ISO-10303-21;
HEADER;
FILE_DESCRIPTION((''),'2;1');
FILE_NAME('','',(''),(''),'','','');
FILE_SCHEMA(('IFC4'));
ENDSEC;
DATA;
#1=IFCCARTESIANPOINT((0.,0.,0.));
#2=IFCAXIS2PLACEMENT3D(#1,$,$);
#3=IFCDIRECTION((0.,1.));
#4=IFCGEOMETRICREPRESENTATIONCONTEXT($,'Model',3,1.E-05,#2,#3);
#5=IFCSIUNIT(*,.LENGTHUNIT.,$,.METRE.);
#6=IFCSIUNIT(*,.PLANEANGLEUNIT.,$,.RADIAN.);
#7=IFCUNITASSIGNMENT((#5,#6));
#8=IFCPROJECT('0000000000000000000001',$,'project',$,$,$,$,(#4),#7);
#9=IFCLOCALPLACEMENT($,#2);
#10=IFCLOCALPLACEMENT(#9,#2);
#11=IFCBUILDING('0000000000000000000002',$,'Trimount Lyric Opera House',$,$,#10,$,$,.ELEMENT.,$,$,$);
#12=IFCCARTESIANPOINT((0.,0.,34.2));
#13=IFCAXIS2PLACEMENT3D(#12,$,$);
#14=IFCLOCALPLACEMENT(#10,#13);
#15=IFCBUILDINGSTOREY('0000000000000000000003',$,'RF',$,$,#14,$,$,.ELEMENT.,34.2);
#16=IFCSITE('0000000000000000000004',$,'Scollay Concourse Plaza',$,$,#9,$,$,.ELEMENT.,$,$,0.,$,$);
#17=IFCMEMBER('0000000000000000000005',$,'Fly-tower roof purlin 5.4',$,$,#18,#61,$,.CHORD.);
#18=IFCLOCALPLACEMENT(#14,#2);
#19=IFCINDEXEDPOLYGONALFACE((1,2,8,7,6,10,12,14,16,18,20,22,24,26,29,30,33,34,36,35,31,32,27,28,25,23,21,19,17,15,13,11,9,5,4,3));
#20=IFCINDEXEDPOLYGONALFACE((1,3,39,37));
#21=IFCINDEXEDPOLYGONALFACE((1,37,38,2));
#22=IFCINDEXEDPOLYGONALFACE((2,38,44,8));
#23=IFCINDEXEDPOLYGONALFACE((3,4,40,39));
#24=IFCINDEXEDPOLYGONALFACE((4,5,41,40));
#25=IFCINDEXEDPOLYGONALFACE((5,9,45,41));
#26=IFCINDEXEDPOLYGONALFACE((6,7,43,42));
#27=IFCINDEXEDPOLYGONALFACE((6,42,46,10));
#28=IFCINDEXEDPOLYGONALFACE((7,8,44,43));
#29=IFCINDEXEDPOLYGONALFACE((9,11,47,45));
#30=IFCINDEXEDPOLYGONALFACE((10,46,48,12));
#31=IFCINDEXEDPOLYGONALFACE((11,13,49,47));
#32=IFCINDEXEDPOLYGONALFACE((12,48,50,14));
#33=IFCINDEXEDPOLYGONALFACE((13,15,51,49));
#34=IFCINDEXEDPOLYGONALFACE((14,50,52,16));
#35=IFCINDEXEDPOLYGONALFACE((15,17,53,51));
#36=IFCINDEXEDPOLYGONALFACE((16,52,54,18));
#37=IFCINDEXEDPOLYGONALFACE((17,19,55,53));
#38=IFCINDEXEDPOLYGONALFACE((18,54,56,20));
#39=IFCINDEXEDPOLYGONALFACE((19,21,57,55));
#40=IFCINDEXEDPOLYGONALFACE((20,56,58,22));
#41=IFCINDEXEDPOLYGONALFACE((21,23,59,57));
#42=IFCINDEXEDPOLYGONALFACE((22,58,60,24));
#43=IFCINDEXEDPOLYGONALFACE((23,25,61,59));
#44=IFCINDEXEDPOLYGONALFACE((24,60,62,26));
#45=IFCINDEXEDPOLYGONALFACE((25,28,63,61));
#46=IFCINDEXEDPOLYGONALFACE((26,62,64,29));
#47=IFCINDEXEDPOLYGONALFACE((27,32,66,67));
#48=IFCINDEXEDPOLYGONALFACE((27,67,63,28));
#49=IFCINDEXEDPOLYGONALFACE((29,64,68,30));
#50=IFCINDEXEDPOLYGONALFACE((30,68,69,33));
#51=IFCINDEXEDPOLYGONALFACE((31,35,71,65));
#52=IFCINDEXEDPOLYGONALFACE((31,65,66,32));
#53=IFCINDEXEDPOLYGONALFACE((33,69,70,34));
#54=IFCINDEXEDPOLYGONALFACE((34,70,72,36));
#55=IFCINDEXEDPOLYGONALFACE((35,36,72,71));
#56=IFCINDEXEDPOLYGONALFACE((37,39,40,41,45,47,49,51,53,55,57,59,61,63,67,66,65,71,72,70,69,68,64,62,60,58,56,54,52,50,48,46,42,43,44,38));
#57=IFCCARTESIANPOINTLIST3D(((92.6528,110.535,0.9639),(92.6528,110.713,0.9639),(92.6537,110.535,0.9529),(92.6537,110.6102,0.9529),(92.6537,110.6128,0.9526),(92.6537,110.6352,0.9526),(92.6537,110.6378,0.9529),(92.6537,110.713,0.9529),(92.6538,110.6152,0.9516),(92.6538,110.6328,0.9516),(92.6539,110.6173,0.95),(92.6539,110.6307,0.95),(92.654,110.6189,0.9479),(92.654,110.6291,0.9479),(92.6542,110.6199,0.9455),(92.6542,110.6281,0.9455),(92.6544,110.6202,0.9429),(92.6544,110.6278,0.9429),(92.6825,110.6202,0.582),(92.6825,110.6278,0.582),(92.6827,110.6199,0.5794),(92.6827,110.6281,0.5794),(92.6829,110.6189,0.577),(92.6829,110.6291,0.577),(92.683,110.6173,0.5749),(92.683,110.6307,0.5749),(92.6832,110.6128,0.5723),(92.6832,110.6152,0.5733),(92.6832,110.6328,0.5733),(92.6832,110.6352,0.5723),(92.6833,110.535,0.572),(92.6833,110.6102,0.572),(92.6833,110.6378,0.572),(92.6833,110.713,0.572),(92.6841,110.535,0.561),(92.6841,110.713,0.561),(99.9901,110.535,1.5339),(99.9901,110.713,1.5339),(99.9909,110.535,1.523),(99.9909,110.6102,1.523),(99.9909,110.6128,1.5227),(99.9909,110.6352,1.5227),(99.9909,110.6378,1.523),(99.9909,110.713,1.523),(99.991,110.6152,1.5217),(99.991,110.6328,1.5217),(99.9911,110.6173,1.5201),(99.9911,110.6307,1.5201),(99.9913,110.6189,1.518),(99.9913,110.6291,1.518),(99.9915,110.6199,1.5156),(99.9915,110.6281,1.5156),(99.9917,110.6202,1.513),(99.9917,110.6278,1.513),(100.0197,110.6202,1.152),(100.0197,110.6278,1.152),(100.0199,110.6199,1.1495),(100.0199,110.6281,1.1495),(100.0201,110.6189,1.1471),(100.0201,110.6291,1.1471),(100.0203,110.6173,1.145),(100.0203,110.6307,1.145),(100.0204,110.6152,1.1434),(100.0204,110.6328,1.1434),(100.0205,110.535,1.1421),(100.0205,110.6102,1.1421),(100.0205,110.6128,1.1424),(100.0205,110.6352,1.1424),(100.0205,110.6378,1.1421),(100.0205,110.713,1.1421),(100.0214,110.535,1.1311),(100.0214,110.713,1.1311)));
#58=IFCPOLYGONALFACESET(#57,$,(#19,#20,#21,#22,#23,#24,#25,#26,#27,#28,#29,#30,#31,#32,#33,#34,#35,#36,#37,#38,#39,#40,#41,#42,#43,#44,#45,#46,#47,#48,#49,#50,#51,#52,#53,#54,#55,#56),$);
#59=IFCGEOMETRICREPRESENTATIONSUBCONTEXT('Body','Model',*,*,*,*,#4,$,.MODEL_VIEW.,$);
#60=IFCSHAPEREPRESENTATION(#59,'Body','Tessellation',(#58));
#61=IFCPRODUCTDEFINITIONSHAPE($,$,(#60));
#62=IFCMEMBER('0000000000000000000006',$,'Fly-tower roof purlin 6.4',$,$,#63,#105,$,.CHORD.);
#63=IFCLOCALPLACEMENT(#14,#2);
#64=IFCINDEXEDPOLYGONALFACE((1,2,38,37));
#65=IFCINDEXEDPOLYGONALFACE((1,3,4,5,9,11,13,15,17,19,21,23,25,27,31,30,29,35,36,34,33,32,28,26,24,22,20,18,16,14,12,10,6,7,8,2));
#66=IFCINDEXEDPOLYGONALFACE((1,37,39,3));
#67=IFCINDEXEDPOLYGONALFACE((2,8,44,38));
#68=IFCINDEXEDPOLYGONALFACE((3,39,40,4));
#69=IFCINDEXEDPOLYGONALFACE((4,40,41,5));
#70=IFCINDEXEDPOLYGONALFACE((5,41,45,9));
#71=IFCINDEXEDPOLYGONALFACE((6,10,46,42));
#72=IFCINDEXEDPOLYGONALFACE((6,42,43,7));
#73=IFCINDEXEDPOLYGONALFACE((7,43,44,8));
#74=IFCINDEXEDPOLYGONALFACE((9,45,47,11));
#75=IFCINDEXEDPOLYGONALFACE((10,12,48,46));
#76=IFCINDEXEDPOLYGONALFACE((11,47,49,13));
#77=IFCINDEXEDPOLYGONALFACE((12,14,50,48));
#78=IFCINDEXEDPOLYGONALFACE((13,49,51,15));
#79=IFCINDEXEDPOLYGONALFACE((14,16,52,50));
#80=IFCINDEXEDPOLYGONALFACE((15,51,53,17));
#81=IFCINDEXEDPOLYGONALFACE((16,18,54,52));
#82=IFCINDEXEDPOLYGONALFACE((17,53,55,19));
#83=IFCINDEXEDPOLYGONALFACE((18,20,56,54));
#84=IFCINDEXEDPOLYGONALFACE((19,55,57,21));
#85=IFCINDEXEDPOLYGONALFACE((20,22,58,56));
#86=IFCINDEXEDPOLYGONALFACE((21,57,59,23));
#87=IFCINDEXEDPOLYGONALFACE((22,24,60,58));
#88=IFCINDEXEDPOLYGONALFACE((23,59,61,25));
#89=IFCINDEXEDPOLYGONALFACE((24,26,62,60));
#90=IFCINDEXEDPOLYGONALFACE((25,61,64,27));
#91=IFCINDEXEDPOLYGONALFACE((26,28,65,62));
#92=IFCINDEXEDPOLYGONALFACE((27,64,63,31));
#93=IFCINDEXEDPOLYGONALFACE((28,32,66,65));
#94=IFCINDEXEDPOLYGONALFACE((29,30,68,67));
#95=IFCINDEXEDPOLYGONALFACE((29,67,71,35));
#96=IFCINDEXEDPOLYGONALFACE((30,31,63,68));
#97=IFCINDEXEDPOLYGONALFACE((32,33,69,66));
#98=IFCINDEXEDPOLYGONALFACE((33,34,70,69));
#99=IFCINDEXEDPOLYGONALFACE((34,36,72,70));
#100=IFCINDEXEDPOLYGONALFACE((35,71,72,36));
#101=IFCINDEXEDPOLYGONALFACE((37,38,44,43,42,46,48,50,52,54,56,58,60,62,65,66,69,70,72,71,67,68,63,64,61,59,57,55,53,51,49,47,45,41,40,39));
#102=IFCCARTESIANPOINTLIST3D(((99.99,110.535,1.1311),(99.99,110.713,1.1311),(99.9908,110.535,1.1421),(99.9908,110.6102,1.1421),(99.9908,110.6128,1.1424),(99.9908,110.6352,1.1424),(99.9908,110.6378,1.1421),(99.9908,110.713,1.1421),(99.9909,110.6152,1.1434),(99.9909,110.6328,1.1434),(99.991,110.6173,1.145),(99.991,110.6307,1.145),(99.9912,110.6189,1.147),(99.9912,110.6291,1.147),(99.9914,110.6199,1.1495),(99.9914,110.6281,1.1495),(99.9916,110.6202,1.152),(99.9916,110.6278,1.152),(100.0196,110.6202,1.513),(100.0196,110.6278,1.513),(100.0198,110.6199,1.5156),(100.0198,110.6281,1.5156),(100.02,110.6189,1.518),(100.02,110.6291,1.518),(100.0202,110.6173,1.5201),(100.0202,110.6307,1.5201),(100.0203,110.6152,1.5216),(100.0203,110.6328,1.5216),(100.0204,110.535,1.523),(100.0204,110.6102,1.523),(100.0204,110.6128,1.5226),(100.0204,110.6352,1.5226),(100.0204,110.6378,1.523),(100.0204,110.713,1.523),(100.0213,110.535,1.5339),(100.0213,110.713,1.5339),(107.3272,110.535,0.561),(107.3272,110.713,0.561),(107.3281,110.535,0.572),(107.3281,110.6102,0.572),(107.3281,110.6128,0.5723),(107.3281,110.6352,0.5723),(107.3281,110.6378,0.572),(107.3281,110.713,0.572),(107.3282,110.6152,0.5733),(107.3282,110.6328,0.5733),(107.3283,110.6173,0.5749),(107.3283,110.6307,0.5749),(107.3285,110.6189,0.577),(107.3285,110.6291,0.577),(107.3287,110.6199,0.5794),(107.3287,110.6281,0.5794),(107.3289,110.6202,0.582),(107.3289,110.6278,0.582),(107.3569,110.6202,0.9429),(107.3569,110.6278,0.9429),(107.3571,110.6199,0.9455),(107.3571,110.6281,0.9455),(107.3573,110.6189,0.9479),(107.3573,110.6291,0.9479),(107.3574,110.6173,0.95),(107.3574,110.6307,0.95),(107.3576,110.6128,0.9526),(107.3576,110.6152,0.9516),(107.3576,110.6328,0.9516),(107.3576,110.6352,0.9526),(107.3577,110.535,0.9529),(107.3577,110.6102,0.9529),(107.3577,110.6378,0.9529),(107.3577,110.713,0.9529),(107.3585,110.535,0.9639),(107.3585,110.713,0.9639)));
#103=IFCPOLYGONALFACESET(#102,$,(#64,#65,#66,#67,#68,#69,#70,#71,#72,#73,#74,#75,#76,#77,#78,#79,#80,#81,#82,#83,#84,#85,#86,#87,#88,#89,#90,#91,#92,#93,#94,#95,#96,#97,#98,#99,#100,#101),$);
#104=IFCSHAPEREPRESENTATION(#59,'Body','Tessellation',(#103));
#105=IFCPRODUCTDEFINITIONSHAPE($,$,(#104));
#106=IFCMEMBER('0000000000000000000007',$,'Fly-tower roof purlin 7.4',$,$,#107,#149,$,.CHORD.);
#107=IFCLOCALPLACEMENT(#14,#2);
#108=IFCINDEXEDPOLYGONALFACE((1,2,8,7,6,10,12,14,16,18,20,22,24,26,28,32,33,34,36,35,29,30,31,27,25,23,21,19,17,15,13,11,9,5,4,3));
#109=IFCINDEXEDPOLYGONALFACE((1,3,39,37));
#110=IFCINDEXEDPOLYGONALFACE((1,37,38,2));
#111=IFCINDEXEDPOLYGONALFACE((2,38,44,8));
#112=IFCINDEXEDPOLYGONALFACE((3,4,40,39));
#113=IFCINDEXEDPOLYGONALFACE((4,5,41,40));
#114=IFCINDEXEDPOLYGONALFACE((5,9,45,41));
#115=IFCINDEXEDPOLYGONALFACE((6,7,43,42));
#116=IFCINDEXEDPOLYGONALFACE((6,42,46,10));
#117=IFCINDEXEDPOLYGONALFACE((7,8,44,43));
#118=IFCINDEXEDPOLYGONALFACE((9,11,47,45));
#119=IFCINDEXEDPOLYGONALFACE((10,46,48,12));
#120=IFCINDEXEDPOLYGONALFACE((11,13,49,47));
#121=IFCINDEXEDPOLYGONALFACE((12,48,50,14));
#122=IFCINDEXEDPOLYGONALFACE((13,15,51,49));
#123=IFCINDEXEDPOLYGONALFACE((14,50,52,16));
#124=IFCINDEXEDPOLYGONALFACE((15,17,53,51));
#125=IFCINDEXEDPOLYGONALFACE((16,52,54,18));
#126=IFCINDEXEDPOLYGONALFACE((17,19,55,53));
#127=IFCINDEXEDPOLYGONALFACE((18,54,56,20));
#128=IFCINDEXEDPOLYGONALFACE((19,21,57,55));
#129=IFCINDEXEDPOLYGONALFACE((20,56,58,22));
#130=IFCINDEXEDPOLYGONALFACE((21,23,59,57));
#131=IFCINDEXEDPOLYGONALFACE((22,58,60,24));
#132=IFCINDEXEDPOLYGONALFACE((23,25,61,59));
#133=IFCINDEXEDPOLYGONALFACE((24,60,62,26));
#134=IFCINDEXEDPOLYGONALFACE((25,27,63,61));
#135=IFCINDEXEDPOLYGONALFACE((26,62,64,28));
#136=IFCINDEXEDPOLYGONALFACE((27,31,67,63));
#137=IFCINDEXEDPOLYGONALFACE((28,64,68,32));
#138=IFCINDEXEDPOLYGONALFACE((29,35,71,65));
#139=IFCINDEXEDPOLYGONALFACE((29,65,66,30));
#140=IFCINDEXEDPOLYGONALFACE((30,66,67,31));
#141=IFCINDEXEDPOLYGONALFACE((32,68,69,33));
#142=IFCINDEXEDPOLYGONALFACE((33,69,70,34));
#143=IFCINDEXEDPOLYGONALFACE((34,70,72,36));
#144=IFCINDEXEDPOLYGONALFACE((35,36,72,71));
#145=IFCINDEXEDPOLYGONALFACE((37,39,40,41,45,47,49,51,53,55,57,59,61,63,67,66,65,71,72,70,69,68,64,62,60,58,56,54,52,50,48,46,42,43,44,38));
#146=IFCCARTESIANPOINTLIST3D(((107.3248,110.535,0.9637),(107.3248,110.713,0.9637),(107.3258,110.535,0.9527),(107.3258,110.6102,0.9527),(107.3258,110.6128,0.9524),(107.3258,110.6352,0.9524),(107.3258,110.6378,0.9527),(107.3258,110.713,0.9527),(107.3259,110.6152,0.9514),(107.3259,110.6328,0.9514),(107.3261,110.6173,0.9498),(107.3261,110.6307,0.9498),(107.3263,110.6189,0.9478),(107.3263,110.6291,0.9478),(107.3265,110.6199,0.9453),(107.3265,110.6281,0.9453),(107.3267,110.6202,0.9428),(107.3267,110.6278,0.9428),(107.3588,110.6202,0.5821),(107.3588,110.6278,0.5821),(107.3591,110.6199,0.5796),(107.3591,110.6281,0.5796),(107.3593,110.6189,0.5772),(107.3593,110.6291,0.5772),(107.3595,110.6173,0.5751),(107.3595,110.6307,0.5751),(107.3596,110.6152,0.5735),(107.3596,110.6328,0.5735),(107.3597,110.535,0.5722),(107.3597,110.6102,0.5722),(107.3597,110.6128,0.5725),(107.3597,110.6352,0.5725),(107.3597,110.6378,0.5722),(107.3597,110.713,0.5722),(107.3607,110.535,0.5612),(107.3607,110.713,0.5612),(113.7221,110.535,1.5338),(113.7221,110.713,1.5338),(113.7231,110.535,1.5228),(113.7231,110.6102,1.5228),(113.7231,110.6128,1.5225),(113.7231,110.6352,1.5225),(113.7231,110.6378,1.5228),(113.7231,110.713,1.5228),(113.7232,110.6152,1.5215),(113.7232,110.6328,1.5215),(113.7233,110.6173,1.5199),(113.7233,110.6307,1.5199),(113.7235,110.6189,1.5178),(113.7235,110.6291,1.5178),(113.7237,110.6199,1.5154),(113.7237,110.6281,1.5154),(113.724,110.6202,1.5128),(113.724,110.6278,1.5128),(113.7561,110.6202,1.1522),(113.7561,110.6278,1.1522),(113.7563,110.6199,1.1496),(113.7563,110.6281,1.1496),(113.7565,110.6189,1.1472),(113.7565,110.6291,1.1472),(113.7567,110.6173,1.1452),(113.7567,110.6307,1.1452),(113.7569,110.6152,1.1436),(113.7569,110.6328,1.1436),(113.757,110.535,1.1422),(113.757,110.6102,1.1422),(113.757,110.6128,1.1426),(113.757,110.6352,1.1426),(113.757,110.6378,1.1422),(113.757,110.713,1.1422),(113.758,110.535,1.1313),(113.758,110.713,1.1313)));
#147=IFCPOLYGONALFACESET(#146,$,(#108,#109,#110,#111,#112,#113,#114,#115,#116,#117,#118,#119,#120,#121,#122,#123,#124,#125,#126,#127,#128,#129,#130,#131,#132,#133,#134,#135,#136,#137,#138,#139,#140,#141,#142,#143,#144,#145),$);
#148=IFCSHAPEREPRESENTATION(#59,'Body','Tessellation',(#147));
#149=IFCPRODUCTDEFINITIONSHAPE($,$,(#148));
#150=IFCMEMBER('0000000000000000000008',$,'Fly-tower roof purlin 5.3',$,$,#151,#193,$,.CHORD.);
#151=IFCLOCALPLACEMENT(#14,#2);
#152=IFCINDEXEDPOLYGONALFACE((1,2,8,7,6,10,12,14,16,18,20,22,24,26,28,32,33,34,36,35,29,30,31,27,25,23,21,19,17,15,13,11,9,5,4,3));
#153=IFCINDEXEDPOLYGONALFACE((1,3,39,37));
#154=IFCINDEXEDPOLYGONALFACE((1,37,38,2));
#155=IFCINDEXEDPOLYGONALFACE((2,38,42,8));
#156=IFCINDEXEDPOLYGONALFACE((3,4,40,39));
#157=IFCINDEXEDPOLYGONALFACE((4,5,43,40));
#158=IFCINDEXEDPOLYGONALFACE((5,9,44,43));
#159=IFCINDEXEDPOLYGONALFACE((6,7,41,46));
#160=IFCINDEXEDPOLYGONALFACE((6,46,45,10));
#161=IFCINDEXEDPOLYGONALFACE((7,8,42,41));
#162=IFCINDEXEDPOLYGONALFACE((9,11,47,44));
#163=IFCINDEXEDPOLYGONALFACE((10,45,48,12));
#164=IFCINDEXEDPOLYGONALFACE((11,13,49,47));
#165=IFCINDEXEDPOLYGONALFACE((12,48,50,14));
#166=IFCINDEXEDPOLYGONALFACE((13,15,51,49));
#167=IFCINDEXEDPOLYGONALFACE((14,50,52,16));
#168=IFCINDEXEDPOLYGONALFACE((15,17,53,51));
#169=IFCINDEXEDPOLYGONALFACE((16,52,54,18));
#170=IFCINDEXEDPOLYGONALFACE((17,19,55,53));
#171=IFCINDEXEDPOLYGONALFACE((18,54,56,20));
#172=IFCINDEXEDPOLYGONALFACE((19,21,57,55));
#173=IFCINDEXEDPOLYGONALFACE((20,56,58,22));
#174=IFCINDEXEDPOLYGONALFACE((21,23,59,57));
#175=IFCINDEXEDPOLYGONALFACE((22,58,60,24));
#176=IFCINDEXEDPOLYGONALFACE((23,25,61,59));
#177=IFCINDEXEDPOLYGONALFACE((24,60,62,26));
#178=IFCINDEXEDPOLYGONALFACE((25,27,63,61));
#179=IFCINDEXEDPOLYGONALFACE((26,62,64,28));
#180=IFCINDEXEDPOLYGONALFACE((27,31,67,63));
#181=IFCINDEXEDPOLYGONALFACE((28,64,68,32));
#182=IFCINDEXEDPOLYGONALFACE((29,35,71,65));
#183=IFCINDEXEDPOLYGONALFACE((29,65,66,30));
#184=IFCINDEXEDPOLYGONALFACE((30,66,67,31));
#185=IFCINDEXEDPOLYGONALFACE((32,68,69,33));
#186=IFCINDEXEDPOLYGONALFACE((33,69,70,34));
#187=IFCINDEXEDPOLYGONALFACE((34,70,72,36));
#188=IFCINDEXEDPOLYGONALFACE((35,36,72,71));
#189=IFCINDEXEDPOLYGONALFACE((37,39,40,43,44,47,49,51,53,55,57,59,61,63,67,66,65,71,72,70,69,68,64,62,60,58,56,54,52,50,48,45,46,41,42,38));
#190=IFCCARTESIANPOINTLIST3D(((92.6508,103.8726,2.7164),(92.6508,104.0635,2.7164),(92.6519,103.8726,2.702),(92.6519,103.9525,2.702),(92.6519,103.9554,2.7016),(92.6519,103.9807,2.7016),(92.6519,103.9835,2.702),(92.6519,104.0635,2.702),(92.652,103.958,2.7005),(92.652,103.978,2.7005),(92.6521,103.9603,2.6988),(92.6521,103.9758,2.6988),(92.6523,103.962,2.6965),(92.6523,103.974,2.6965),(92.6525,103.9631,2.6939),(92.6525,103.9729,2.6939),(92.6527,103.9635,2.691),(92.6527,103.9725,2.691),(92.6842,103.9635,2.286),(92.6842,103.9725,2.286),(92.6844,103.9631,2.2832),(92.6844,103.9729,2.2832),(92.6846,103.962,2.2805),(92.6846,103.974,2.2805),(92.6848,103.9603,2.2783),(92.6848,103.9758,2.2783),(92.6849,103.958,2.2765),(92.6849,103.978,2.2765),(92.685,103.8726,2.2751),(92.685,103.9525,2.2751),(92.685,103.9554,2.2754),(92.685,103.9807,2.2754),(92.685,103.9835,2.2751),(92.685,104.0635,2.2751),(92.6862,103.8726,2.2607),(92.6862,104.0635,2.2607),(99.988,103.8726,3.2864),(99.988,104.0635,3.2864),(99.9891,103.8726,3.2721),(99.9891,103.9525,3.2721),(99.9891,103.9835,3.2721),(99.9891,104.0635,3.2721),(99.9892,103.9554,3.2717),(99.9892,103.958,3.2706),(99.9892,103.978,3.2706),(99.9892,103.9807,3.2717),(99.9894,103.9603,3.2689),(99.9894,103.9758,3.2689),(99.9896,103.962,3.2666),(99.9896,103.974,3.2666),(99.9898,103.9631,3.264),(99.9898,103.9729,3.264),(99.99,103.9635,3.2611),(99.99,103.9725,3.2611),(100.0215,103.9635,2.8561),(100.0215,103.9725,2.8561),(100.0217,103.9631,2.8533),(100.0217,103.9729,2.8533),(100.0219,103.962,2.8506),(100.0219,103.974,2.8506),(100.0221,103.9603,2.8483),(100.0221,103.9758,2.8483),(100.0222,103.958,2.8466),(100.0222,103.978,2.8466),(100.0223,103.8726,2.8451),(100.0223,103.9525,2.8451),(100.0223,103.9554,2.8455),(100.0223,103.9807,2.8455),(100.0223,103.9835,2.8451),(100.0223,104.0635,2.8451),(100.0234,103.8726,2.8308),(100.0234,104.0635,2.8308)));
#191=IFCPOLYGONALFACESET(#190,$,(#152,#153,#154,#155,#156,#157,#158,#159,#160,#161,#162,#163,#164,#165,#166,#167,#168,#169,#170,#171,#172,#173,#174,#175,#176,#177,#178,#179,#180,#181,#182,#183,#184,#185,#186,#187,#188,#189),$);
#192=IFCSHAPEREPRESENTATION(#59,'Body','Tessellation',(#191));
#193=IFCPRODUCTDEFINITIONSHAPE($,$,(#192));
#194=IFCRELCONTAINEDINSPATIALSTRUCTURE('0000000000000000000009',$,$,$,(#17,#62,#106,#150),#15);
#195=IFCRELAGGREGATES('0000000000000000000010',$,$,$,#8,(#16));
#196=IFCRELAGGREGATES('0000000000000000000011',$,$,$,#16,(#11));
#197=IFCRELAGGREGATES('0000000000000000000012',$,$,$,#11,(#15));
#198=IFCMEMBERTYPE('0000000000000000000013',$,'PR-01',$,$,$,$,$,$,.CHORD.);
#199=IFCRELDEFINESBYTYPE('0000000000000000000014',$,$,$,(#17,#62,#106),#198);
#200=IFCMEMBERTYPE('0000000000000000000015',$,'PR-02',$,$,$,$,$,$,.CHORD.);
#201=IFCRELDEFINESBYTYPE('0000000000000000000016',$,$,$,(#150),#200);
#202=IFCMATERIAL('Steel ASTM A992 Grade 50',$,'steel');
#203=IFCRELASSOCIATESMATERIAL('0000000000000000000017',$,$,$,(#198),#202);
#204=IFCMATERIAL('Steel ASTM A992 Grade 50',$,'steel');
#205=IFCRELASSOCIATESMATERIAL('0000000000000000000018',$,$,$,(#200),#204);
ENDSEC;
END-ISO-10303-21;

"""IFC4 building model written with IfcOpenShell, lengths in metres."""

from ifc_helpers import new_model, si_unit, direction, frame, origin, origin_2d, place, context, subcontext, project, spatial, i_section, extrude, material, material_profile, profile_set, type_object, element, save


model = new_model("IFC4")

# Units and contexts
model_context = context("Model", 3, precision=1e-05, world=origin(), true_north=direction((0.0, 1.0)))
body_context = subcontext(model_context, "Body", "Model", "MODEL_VIEW")
ifc_project = project(units=[si_unit("LENGTHUNIT", "METRE"), si_unit("PLANEANGLEUNIT", "RADIAN")], contexts=[model_context])

# Site, building, storey
site_placement = place(None, origin())
site = spatial("IfcSite", under=ifc_project, at=site_placement, Name="Scollay Concourse Plaza", CompositionType="ELEMENT", RefElevation=0.0)
building_placement = place(site_placement, origin())
building = spatial("IfcBuilding", under=site, at=building_placement, Name="Trimount Lyric Opera House", CompositionType="ELEMENT")
storey_placement = place(building_placement, frame((0.0, 0.0, 34.2)))
storey = spatial("IfcBuildingStorey", under=building, at=storey_placement, Name="RF", CompositionType="ELEMENT", Elevation=34.2)

# Members
ifc_material_1 = material(Name="Steel ASTM A992 Grade 50", Category="steel")
ifc_material_profile_1 = material_profile(ifc_material_1, i_section(OverallWidth=0.178, OverallDepth=0.4041, WebThickness=0.0076, FlangeThickness=0.011, FilletRadius=0.01, at=origin_2d()), Name="W16X36")
ifc_profile_set_1 = profile_set([ifc_material_profile_1], Name="Steel ASTM A992 Grade 50")
member_type_1 = type_object("IfcMemberType", Name="PR-01", PredefinedType="CHORD", material=ifc_profile_set_1)
for number, where, z_axis, x_axis, name in (
    (1, (92.6685, 110.624, 0.7625), (0.996995, 0.0, 0.077463), (0.0, 1.0, 0.0), "Fly-tower roof purlin 5.4"),
    (2, (100.0056, 110.624, 1.3325), (0.996995, 0.0, -0.077463), (0.0, 1.0, 0.0), "Fly-tower roof purlin 6.4"),
):
    element("IfcMember", number, at=place(storey_placement, frame(where, z_axis=z_axis, x_axis=x_axis)), inside=storey, type_object=member_type_1, Name=name, PredefinedType="CHORD", context=body_context, shape_type="SweptSolid", body=[
        extrude(i_section(OverallWidth=0.178, OverallDepth=0.4041, WebThickness=0.0076, FlangeThickness=0.011, FilletRadius=0.01, at=origin_2d()), origin(), (0.0, 0.0, 1.0), 7.3594),
    ])
member_1_placement = place(storey_placement, frame((107.3428, 110.624, 0.7625), z_axis=(0.996053, 0.0, 0.08876), x_axis=(0.0, 1.0, 0.0)))
element("IfcMember", 3, at=member_1_placement, inside=storey, type_object=member_type_1, Name="Fly-tower roof purlin 7.4", PredefinedType="CHORD", context=body_context, shape_type="SweptSolid", body=[
    extrude(i_section(OverallWidth=0.178, OverallDepth=0.4041, WebThickness=0.0076, FlangeThickness=0.011, FilletRadius=0.01, at=origin_2d()), origin(), (0.0, 0.0, 1.0), 6.4226),
])
ifc_material_2 = material(Name="Steel ASTM A992 Grade 50", Category="steel")
ifc_material_profile_2 = material_profile(ifc_material_2, i_section(OverallWidth=0.1909, OverallDepth=0.457, WebThickness=0.009, FlangeThickness=0.0144, FilletRadius=0.011, at=origin_2d()), Name="W18X50")
ifc_profile_set_2 = profile_set([ifc_material_profile_2], Name="Steel ASTM A992 Grade 50")
member_type_2 = type_object("IfcMemberType", Name="PR-02", PredefinedType="CHORD", material=ifc_profile_set_2)
for number, where, z_axis, x_axis, name in (
    (4, (92.6685, 103.968, 2.4885), (0.996995, 0.0, 0.077463), (0.0, 1.0, 0.0), "Fly-tower roof purlin 5.3"),
):
    element("IfcMember", number, at=place(storey_placement, frame(where, z_axis=z_axis, x_axis=x_axis)), inside=storey, type_object=member_type_2, Name=name, PredefinedType="CHORD", context=body_context, shape_type="SweptSolid", body=[
        extrude(i_section(OverallWidth=0.1909, OverallDepth=0.457, WebThickness=0.009, FlangeThickness=0.0144, FilletRadius=0.011, at=origin_2d()), origin(), (0.0, 0.0, 1.0), 7.3594),
    ])

save(model, "model.ifc")
